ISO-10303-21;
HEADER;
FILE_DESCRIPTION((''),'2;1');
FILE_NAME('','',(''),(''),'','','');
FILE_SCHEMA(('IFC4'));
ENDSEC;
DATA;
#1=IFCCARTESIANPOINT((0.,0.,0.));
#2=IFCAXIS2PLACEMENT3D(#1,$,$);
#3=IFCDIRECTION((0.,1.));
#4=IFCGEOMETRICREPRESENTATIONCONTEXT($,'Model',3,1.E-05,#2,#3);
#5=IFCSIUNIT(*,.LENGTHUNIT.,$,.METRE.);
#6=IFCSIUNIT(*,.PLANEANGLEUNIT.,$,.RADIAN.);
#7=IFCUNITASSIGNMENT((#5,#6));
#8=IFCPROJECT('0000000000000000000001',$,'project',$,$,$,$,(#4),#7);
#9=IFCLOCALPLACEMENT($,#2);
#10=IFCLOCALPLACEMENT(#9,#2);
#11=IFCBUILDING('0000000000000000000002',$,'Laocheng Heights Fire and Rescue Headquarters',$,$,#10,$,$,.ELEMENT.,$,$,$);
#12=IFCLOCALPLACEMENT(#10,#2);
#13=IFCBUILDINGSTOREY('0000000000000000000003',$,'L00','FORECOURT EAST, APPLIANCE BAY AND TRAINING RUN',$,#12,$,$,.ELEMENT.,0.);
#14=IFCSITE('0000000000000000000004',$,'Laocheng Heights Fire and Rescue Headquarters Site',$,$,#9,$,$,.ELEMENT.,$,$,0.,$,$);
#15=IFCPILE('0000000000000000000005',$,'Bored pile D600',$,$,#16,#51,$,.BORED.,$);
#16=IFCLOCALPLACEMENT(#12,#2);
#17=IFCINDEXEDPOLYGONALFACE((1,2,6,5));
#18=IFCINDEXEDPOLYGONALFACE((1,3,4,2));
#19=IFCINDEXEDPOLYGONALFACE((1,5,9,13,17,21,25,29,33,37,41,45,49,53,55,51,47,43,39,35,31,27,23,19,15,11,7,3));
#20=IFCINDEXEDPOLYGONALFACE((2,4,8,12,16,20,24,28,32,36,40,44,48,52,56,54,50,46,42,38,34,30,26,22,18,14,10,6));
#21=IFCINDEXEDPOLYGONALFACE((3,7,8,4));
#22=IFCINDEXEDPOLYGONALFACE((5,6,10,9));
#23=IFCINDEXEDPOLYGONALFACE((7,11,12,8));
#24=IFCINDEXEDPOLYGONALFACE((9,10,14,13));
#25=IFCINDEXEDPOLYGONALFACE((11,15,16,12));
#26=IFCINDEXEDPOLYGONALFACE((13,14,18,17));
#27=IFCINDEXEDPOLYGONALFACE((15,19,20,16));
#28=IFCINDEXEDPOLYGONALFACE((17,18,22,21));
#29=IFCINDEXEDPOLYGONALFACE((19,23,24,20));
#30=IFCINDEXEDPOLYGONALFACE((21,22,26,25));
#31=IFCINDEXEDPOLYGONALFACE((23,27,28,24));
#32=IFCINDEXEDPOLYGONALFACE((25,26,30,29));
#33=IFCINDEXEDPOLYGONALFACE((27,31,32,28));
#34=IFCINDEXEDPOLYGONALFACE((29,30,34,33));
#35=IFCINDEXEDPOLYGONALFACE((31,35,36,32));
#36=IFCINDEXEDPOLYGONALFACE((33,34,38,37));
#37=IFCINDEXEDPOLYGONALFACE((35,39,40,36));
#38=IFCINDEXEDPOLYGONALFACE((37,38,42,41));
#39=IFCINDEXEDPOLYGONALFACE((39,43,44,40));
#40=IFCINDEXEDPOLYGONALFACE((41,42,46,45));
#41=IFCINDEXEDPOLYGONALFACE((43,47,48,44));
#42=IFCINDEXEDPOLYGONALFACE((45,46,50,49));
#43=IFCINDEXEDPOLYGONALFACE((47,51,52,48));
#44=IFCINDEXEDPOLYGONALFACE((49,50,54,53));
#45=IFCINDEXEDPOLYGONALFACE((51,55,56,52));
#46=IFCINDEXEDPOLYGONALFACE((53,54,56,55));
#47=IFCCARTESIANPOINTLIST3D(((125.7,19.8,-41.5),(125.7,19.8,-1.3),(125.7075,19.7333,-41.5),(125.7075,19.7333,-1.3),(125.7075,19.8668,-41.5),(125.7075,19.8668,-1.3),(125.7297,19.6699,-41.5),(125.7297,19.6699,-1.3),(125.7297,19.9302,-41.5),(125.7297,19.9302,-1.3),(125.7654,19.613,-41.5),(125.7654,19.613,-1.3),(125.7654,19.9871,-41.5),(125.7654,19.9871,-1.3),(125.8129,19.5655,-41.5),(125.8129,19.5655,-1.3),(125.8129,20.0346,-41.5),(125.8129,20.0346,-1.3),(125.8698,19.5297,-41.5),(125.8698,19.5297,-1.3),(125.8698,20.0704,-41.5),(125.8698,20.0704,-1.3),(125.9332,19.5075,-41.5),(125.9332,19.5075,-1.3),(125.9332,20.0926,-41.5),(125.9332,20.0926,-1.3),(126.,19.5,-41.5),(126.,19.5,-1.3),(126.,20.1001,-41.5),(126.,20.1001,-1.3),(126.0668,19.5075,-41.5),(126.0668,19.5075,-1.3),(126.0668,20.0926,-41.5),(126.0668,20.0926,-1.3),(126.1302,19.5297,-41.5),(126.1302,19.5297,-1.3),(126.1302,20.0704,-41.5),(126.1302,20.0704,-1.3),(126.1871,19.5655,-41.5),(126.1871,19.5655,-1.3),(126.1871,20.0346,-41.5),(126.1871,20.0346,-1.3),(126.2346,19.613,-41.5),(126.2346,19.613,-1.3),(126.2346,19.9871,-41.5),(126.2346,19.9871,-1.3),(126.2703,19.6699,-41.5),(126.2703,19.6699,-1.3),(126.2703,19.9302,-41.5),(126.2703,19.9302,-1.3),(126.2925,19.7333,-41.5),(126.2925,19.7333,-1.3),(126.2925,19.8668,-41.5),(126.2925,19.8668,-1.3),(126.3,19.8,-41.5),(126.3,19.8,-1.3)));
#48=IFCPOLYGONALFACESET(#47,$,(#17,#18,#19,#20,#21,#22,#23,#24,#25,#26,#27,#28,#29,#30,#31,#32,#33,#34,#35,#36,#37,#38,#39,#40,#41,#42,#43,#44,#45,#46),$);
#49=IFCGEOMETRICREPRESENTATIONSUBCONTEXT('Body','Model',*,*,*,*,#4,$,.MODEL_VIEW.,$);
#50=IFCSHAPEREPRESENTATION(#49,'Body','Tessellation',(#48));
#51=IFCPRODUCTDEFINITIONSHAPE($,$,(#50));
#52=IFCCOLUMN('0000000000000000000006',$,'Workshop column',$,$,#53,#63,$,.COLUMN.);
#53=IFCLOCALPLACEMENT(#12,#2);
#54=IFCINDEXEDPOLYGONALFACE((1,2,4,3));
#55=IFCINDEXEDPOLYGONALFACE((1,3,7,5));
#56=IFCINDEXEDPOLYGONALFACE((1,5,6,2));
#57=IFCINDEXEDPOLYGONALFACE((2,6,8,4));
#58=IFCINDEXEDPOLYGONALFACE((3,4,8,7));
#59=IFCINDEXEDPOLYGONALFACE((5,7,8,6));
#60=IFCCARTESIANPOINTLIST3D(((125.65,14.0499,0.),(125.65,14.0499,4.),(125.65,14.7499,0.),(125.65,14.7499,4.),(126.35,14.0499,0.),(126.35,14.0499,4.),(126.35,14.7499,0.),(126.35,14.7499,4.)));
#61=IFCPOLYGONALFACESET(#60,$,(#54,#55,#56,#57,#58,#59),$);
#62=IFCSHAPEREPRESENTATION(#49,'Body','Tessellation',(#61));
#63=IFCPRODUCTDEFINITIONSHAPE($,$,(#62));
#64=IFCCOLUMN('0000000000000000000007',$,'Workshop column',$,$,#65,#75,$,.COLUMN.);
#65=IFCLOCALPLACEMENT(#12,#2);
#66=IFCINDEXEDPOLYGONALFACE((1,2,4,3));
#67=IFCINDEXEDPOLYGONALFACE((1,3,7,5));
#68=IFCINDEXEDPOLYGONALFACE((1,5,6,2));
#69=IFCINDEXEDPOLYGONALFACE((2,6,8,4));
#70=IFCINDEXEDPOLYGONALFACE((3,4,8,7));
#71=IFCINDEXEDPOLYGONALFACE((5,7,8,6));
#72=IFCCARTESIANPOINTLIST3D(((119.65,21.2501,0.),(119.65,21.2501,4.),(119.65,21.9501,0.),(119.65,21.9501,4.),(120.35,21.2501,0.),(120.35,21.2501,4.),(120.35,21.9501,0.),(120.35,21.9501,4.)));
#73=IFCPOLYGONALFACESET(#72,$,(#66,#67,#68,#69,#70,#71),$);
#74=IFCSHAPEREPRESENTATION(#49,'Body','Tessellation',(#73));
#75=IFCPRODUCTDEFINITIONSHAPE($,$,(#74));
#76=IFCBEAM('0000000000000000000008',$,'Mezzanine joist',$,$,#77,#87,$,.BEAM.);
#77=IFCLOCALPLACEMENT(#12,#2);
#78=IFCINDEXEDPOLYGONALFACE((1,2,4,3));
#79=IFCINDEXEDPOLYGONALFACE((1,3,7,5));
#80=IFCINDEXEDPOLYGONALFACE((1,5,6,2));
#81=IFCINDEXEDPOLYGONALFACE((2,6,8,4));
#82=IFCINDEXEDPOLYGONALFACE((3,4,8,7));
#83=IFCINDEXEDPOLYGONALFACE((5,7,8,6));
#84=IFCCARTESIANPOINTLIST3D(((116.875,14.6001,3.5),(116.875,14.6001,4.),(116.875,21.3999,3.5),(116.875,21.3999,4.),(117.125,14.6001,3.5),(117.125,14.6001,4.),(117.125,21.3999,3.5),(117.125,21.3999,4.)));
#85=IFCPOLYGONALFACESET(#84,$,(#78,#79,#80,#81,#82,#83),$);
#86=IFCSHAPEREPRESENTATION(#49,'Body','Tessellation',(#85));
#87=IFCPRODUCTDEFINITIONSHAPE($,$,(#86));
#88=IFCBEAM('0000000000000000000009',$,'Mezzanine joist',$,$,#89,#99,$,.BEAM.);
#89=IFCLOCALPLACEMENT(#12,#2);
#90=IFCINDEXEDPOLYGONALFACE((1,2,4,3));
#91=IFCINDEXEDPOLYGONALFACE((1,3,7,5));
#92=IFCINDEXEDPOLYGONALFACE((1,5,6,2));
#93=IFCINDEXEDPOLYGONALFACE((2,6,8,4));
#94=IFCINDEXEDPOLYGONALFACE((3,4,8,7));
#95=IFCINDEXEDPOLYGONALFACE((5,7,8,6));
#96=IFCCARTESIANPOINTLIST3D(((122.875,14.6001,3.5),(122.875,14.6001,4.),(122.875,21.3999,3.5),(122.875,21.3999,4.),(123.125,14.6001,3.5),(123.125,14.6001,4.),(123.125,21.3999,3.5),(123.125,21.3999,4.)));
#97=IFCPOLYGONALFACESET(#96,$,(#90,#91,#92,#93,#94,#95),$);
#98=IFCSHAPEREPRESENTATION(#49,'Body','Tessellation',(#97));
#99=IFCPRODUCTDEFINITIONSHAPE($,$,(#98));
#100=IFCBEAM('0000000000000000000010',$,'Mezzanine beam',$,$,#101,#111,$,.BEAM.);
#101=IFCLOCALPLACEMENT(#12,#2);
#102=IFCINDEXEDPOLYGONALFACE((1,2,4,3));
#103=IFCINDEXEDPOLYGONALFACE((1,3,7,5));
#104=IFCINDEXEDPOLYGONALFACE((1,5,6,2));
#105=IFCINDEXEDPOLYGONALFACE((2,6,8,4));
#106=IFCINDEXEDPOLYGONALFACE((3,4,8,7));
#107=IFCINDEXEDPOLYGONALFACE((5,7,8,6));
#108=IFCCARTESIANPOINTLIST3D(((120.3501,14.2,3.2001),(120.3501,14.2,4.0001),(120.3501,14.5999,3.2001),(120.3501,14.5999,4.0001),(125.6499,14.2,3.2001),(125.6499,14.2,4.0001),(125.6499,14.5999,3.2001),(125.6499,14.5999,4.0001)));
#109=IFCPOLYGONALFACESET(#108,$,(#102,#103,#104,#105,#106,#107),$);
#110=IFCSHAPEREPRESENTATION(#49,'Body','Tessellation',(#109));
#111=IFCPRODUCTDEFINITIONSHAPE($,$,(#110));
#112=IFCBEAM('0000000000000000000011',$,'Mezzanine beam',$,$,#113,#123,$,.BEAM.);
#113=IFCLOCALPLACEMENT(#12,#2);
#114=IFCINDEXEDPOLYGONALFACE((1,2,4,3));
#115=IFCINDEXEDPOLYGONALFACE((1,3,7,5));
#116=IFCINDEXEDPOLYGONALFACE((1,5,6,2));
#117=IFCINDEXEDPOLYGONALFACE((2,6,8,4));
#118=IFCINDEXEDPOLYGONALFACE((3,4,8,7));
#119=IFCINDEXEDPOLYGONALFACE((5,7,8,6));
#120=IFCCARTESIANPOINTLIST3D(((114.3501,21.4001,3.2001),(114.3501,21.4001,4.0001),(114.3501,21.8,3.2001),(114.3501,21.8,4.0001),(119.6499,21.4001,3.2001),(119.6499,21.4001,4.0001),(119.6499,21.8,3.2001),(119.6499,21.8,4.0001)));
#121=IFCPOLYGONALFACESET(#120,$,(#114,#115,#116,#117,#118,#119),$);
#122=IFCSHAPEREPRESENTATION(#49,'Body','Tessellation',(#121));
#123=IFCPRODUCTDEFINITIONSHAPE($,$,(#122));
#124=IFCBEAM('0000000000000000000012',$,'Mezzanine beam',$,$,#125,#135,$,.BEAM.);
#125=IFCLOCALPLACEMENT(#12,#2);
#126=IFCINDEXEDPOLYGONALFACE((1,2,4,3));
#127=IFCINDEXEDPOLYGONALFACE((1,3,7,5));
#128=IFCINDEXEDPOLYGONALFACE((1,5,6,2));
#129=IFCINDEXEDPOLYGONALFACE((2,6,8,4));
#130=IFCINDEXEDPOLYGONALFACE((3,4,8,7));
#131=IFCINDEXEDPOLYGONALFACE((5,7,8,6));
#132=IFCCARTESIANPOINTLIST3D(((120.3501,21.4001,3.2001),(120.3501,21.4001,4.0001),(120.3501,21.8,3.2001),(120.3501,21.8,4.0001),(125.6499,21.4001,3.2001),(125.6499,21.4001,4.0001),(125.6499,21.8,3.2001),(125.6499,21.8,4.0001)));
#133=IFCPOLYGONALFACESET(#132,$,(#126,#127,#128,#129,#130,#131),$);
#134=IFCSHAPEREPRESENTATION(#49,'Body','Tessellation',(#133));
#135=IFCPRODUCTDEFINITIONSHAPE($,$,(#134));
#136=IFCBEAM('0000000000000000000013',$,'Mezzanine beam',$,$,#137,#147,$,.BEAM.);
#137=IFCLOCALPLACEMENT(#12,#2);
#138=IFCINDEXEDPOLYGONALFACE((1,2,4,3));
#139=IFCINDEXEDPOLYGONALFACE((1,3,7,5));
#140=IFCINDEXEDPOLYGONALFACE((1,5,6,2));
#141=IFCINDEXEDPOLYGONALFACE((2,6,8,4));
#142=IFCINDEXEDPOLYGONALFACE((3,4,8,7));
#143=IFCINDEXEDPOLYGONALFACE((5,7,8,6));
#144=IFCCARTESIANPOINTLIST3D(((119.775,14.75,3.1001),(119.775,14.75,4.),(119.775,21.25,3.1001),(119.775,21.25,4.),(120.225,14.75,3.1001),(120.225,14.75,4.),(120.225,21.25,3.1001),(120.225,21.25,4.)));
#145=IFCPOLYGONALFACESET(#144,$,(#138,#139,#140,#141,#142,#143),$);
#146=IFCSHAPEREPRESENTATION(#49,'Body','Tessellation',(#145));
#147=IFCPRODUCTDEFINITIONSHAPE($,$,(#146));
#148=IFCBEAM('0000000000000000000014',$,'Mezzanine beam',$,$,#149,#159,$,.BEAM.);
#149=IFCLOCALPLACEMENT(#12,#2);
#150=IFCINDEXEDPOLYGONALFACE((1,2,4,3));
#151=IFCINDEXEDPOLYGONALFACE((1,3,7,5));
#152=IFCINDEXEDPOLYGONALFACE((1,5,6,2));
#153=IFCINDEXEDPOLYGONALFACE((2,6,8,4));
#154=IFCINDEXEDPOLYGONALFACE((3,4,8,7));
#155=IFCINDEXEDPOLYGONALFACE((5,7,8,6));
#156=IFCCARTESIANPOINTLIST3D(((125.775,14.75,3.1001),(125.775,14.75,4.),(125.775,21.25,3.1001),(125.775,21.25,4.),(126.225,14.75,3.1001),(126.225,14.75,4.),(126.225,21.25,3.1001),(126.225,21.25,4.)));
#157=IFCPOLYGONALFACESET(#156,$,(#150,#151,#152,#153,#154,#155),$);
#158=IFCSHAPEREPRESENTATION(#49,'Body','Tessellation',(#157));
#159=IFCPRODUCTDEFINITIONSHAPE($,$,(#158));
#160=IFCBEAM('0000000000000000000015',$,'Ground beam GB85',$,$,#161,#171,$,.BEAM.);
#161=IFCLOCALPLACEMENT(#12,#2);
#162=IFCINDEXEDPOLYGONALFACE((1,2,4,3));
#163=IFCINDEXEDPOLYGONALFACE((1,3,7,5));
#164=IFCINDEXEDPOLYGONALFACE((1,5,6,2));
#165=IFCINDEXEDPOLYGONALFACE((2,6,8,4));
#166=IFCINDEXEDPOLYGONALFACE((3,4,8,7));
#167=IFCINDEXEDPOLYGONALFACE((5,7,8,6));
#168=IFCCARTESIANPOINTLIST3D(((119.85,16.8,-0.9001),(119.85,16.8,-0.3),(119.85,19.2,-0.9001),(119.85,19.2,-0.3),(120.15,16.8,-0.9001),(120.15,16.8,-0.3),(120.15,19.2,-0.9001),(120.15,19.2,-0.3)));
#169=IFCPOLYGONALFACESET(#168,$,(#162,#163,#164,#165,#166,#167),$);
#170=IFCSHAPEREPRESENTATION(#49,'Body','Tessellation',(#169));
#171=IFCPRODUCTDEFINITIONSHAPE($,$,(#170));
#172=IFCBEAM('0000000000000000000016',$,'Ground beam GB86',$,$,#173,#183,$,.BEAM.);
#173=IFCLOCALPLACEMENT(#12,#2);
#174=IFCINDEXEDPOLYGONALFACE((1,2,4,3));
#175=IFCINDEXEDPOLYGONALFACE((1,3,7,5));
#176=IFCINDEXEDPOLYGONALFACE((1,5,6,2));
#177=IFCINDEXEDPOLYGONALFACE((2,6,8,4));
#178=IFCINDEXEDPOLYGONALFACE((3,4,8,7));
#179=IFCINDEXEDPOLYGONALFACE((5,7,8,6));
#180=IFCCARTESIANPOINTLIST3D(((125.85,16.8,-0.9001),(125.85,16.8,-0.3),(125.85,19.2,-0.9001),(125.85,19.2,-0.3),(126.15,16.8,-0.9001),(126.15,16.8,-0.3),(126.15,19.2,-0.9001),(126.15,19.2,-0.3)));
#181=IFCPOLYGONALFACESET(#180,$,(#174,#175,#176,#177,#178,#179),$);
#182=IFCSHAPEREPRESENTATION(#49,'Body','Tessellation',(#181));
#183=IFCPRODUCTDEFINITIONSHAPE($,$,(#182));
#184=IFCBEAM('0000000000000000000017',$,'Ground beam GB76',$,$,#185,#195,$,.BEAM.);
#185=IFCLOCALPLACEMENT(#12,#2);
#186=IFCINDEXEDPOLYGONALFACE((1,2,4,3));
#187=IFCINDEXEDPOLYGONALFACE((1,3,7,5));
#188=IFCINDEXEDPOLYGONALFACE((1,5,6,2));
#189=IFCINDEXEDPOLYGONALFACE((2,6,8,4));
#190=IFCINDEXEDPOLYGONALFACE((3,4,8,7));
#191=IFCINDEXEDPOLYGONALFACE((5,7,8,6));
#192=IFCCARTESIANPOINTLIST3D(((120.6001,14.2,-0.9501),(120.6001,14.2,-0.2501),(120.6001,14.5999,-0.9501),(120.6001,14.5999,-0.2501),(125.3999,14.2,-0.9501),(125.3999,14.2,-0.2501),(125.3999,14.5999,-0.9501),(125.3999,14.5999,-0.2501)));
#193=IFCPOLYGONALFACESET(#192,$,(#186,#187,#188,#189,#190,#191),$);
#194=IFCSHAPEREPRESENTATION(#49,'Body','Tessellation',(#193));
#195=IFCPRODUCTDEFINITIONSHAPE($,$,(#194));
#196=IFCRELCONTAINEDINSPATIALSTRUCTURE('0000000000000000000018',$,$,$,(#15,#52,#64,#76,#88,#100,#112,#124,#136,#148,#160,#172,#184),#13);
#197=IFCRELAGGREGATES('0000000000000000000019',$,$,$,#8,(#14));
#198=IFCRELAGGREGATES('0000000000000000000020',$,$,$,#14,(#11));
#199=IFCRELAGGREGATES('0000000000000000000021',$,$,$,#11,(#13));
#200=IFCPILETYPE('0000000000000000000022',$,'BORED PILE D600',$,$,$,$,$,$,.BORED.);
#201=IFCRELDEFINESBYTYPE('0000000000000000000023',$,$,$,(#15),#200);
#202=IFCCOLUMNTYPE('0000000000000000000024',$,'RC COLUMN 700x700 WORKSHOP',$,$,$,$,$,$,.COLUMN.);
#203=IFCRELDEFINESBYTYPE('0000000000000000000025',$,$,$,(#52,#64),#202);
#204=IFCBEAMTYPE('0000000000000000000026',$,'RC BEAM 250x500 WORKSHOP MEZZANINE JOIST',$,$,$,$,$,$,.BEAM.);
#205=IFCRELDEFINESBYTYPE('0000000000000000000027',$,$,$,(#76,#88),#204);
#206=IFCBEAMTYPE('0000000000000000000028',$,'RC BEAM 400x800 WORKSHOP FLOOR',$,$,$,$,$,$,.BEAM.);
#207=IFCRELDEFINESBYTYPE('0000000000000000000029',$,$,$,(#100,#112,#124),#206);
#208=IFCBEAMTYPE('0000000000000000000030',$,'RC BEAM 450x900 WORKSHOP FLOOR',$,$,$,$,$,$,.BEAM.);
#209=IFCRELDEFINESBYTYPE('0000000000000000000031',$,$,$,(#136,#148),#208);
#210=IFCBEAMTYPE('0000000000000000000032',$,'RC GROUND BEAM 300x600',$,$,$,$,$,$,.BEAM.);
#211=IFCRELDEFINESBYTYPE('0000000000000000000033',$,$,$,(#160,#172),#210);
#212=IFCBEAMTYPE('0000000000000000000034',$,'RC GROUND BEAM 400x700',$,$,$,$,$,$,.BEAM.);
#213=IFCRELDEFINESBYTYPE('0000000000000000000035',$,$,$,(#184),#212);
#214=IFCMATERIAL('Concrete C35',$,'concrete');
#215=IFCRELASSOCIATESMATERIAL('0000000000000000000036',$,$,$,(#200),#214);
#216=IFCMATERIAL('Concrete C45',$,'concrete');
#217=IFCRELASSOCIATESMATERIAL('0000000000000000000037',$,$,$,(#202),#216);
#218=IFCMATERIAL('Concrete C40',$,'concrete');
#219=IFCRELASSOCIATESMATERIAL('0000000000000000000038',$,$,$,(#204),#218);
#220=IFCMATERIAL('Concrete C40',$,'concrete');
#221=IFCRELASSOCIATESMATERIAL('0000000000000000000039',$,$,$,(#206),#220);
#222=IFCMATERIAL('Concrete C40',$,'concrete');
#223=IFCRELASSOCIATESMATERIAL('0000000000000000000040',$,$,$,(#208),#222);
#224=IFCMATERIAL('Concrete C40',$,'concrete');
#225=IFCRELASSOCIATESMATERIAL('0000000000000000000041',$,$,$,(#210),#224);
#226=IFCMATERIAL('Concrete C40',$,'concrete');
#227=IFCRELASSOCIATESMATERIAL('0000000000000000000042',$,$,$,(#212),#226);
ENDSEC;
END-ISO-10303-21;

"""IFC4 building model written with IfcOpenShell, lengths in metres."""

from ifc_helpers import new_model, si_unit, direction, frame, origin, origin_2d, place, context, subcontext, project, spatial, rectangle, circle, extrude, material, material_profile, profile_set, type_object, element, save


model = new_model("IFC4")

# Units and contexts
model_context = context("Model", 3, precision=1e-05, world=origin(), true_north=direction((0.0, 1.0)))
body_context = subcontext(model_context, "Body", "Model", "MODEL_VIEW")
ifc_project = project(units=[si_unit("LENGTHUNIT", "METRE"), si_unit("PLANEANGLEUNIT", "RADIAN")], contexts=[model_context])

# Site, building, storey
site_placement = place(None, origin())
site = spatial("IfcSite", under=ifc_project, at=site_placement, Name="Laocheng Heights Fire and Rescue Headquarters Site", CompositionType="ELEMENT", RefElevation=0.0)
building_placement = place(site_placement, origin())
building = spatial("IfcBuilding", under=site, at=building_placement, Name="Laocheng Heights Fire and Rescue Headquarters", CompositionType="ELEMENT")
storey_placement = place(building_placement, origin())
storey = spatial("IfcBuildingStorey", under=building, at=storey_placement, Name="L00", Description="FORECOURT EAST, APPLIANCE BAY AND TRAINING RUN", CompositionType="ELEMENT", Elevation=0.0)

# Pile
ifc_material_1 = material(Name="Concrete C35", Category="concrete")
ifc_material_profile_1 = material_profile(ifc_material_1, circle(Radius=0.3, at=origin_2d()), Name="BORED PILE D600")
ifc_profile_set_1 = profile_set([ifc_material_profile_1], Name="Concrete C35")
pile_type = type_object("IfcPileType", Name="BORED PILE D600", PredefinedType="BORED", material=ifc_profile_set_1)
for number, where, z_axis, x_axis, name in (
    (1, (126.0, 19.8, -1.3), (0.0, 0.0, -1.0), (1.0, 0.0, 0.0), "Bored pile D600"),
):
    element("IfcPile", number, at=place(storey_placement, frame(where, z_axis=z_axis, x_axis=x_axis)), inside=storey, type_object=pile_type, Name=name, PredefinedType="BORED", context=body_context, shape_type="SweptSolid", body=[
        extrude(circle(Radius=0.3, at=origin_2d()), origin(), (0.0, 0.0, 1.0), 40.2),
    ])

# Columns
ifc_material_2 = material(Name="Concrete C45", Category="concrete")
ifc_material_profile_2 = material_profile(ifc_material_2, rectangle(XDim=0.7, YDim=0.7, at=origin_2d()), Name="RC COLUMN 700x700 WORKSHOP")
ifc_profile_set_2 = profile_set([ifc_material_profile_2], Name="Concrete C45")
column_type = type_object("IfcColumnType", Name="RC COLUMN 700x700 WORKSHOP", PredefinedType="COLUMN", material=ifc_profile_set_2)
for number, where, z_axis, x_axis, name in (
    (2, (126.0, 14.3999, 0.0), (0.0, 0.0, 1.0), (1.0, 0.0, 0.0), "Workshop column"),
    (3, (120.0, 21.6001, 0.0), (0.0, 0.0, 1.0), (1.0, 0.0, 0.0), "Workshop column"),
):
    element("IfcColumn", number, at=place(storey_placement, frame(where, z_axis=z_axis, x_axis=x_axis)), inside=storey, type_object=column_type, Name=name, PredefinedType="COLUMN", context=body_context, shape_type="SweptSolid", body=[
        extrude(rectangle(XDim=0.7, YDim=0.7, at=origin_2d()), origin(), (0.0, 0.0, 1.0), 4.0),
    ])

# Beams
ifc_material_3 = material(Name="Concrete C40", Category="concrete")
ifc_material_profile_3 = material_profile(ifc_material_3, rectangle(XDim=0.25, YDim=0.5, at=origin_2d()), Name="RC BEAM 250x500 WORKSHOP MEZZANINE JOIST")
ifc_profile_set_3 = profile_set([ifc_material_profile_3], Name="Concrete C40")
beam_type_1 = type_object("IfcBeamType", Name="RC BEAM 250x500 WORKSHOP MEZZANINE JOIST", PredefinedType="BEAM", material=ifc_profile_set_3)
for number, where, z_axis, x_axis, name in (
    (4, (117.0, 14.6001, 3.75), (0.0, 1.0, 0.0), (-1.0, 0.0, 0.0), "Mezzanine joist"),
    (5, (123.0, 14.6001, 3.75), (0.0, 1.0, 0.0), (-1.0, 0.0, 0.0), "Mezzanine joist"),
):
    element("IfcBeam", number, at=place(storey_placement, frame(where, z_axis=z_axis, x_axis=x_axis)), inside=storey, type_object=beam_type_1, Name=name, PredefinedType="BEAM", context=body_context, shape_type="SweptSolid", body=[
        extrude(rectangle(XDim=0.25, YDim=0.5, at=origin_2d()), origin(), (0.0, 0.0, 1.0), 6.7998),
    ])
ifc_material_4 = material(Name="Concrete C40", Category="concrete")
ifc_material_profile_4 = material_profile(ifc_material_4, rectangle(XDim=0.3999, YDim=0.8, at=origin_2d()), Name="RC BEAM 400x800 WORKSHOP FLOOR")
ifc_profile_set_4 = profile_set([ifc_material_profile_4], Name="Concrete C40")
beam_type_2 = type_object("IfcBeamType", Name="RC BEAM 400x800 WORKSHOP FLOOR", PredefinedType="BEAM", material=ifc_profile_set_4)
for number, where, z_axis, x_axis, name in (
    (6, (120.3501, 14.3999, 3.6001), (1.0, 0.0, 0.0), (0.0, 1.0, 0.0), "Mezzanine beam"),
    (7, (114.3501, 21.6001, 3.6001), (1.0, 0.0, 0.0), (0.0, 1.0, 0.0), "Mezzanine beam"),
    (8, (120.3501, 21.6001, 3.6001), (1.0, 0.0, 0.0), (0.0, 1.0, 0.0), "Mezzanine beam"),
):
    element("IfcBeam", number, at=place(storey_placement, frame(where, z_axis=z_axis, x_axis=x_axis)), inside=storey, type_object=beam_type_2, Name=name, PredefinedType="BEAM", context=body_context, shape_type="SweptSolid", body=[
        extrude(rectangle(XDim=0.3999, YDim=0.8, at=origin_2d()), origin(), (0.0, 0.0, 1.0), 5.2998),
    ])
ifc_material_5 = material(Name="Concrete C40", Category="concrete")
ifc_material_profile_5 = material_profile(ifc_material_5, rectangle(XDim=0.45, YDim=0.8999, at=origin_2d()), Name="RC BEAM 450x900 WORKSHOP FLOOR")
ifc_profile_set_5 = profile_set([ifc_material_profile_5], Name="Concrete C40")
beam_type_3 = type_object("IfcBeamType", Name="RC BEAM 450x900 WORKSHOP FLOOR", PredefinedType="BEAM", material=ifc_profile_set_5)
for number, where, z_axis, x_axis, name in (
    (9, (120.0, 14.75, 3.55), (0.0, 1.0, 0.0), (-1.0, 0.0, 0.0), "Mezzanine beam"),
    (10, (126.0, 14.75, 3.55), (0.0, 1.0, 0.0), (-1.0, 0.0, 0.0), "Mezzanine beam"),
):
    element("IfcBeam", number, at=place(storey_placement, frame(where, z_axis=z_axis, x_axis=x_axis)), inside=storey, type_object=beam_type_3, Name=name, PredefinedType="BEAM", context=body_context, shape_type="SweptSolid", body=[
        extrude(rectangle(XDim=0.45, YDim=0.8999, at=origin_2d()), origin(), (0.0, 0.0, 1.0), 6.5),
    ])
ifc_material_6 = material(Name="Concrete C40", Category="concrete")
ifc_material_profile_6 = material_profile(ifc_material_6, rectangle(XDim=0.3, YDim=0.6001, at=origin_2d()), Name="RC GROUND BEAM 300x600")
ifc_profile_set_6 = profile_set([ifc_material_profile_6], Name="Concrete C40")
beam_type_4 = type_object("IfcBeamType", Name="RC GROUND BEAM 300x600", PredefinedType="BEAM", material=ifc_profile_set_6)
for number, where, z_axis, x_axis, name in (
    (11, (120.0, 16.8, -0.6001), (0.0, 1.0, 0.0), (-1.0, 0.0, 0.0), "Ground beam GB85"),
    (12, (126.0, 16.8, -0.6001), (0.0, 1.0, 0.0), (-1.0, 0.0, 0.0), "Ground beam GB86"),
):
    element("IfcBeam", number, at=place(storey_placement, frame(where, z_axis=z_axis, x_axis=x_axis)), inside=storey, type_object=beam_type_4, Name=name, PredefinedType="BEAM", context=body_context, shape_type="SweptSolid", body=[
        extrude(rectangle(XDim=0.3, YDim=0.6001, at=origin_2d()), origin(), (0.0, 0.0, 1.0), 2.3999),
    ])
ifc_material_7 = material(Name="Concrete C40", Category="concrete")
ifc_material_profile_7 = material_profile(ifc_material_7, rectangle(XDim=0.3999, YDim=0.7, at=origin_2d()), Name="RC GROUND BEAM 400x700")
ifc_profile_set_7 = profile_set([ifc_material_profile_7], Name="Concrete C40")
beam_type_5 = type_object("IfcBeamType", Name="RC GROUND BEAM 400x700", PredefinedType="BEAM", material=ifc_profile_set_7)
for number, where, z_axis, x_axis, name in (
    (13, (120.6001, 14.3999, -0.6001), (1.0, 0.0, 0.0), (0.0, 1.0, 0.0), "Ground beam GB76"),
):
    element("IfcBeam", number, at=place(storey_placement, frame(where, z_axis=z_axis, x_axis=x_axis)), inside=storey, type_object=beam_type_5, Name=name, PredefinedType="BEAM", context=body_context, shape_type="SweptSolid", body=[
        extrude(rectangle(XDim=0.3999, YDim=0.7, at=origin_2d()), origin(), (0.0, 0.0, 1.0), 4.7998),
    ])

save(model, "model.ifc")
